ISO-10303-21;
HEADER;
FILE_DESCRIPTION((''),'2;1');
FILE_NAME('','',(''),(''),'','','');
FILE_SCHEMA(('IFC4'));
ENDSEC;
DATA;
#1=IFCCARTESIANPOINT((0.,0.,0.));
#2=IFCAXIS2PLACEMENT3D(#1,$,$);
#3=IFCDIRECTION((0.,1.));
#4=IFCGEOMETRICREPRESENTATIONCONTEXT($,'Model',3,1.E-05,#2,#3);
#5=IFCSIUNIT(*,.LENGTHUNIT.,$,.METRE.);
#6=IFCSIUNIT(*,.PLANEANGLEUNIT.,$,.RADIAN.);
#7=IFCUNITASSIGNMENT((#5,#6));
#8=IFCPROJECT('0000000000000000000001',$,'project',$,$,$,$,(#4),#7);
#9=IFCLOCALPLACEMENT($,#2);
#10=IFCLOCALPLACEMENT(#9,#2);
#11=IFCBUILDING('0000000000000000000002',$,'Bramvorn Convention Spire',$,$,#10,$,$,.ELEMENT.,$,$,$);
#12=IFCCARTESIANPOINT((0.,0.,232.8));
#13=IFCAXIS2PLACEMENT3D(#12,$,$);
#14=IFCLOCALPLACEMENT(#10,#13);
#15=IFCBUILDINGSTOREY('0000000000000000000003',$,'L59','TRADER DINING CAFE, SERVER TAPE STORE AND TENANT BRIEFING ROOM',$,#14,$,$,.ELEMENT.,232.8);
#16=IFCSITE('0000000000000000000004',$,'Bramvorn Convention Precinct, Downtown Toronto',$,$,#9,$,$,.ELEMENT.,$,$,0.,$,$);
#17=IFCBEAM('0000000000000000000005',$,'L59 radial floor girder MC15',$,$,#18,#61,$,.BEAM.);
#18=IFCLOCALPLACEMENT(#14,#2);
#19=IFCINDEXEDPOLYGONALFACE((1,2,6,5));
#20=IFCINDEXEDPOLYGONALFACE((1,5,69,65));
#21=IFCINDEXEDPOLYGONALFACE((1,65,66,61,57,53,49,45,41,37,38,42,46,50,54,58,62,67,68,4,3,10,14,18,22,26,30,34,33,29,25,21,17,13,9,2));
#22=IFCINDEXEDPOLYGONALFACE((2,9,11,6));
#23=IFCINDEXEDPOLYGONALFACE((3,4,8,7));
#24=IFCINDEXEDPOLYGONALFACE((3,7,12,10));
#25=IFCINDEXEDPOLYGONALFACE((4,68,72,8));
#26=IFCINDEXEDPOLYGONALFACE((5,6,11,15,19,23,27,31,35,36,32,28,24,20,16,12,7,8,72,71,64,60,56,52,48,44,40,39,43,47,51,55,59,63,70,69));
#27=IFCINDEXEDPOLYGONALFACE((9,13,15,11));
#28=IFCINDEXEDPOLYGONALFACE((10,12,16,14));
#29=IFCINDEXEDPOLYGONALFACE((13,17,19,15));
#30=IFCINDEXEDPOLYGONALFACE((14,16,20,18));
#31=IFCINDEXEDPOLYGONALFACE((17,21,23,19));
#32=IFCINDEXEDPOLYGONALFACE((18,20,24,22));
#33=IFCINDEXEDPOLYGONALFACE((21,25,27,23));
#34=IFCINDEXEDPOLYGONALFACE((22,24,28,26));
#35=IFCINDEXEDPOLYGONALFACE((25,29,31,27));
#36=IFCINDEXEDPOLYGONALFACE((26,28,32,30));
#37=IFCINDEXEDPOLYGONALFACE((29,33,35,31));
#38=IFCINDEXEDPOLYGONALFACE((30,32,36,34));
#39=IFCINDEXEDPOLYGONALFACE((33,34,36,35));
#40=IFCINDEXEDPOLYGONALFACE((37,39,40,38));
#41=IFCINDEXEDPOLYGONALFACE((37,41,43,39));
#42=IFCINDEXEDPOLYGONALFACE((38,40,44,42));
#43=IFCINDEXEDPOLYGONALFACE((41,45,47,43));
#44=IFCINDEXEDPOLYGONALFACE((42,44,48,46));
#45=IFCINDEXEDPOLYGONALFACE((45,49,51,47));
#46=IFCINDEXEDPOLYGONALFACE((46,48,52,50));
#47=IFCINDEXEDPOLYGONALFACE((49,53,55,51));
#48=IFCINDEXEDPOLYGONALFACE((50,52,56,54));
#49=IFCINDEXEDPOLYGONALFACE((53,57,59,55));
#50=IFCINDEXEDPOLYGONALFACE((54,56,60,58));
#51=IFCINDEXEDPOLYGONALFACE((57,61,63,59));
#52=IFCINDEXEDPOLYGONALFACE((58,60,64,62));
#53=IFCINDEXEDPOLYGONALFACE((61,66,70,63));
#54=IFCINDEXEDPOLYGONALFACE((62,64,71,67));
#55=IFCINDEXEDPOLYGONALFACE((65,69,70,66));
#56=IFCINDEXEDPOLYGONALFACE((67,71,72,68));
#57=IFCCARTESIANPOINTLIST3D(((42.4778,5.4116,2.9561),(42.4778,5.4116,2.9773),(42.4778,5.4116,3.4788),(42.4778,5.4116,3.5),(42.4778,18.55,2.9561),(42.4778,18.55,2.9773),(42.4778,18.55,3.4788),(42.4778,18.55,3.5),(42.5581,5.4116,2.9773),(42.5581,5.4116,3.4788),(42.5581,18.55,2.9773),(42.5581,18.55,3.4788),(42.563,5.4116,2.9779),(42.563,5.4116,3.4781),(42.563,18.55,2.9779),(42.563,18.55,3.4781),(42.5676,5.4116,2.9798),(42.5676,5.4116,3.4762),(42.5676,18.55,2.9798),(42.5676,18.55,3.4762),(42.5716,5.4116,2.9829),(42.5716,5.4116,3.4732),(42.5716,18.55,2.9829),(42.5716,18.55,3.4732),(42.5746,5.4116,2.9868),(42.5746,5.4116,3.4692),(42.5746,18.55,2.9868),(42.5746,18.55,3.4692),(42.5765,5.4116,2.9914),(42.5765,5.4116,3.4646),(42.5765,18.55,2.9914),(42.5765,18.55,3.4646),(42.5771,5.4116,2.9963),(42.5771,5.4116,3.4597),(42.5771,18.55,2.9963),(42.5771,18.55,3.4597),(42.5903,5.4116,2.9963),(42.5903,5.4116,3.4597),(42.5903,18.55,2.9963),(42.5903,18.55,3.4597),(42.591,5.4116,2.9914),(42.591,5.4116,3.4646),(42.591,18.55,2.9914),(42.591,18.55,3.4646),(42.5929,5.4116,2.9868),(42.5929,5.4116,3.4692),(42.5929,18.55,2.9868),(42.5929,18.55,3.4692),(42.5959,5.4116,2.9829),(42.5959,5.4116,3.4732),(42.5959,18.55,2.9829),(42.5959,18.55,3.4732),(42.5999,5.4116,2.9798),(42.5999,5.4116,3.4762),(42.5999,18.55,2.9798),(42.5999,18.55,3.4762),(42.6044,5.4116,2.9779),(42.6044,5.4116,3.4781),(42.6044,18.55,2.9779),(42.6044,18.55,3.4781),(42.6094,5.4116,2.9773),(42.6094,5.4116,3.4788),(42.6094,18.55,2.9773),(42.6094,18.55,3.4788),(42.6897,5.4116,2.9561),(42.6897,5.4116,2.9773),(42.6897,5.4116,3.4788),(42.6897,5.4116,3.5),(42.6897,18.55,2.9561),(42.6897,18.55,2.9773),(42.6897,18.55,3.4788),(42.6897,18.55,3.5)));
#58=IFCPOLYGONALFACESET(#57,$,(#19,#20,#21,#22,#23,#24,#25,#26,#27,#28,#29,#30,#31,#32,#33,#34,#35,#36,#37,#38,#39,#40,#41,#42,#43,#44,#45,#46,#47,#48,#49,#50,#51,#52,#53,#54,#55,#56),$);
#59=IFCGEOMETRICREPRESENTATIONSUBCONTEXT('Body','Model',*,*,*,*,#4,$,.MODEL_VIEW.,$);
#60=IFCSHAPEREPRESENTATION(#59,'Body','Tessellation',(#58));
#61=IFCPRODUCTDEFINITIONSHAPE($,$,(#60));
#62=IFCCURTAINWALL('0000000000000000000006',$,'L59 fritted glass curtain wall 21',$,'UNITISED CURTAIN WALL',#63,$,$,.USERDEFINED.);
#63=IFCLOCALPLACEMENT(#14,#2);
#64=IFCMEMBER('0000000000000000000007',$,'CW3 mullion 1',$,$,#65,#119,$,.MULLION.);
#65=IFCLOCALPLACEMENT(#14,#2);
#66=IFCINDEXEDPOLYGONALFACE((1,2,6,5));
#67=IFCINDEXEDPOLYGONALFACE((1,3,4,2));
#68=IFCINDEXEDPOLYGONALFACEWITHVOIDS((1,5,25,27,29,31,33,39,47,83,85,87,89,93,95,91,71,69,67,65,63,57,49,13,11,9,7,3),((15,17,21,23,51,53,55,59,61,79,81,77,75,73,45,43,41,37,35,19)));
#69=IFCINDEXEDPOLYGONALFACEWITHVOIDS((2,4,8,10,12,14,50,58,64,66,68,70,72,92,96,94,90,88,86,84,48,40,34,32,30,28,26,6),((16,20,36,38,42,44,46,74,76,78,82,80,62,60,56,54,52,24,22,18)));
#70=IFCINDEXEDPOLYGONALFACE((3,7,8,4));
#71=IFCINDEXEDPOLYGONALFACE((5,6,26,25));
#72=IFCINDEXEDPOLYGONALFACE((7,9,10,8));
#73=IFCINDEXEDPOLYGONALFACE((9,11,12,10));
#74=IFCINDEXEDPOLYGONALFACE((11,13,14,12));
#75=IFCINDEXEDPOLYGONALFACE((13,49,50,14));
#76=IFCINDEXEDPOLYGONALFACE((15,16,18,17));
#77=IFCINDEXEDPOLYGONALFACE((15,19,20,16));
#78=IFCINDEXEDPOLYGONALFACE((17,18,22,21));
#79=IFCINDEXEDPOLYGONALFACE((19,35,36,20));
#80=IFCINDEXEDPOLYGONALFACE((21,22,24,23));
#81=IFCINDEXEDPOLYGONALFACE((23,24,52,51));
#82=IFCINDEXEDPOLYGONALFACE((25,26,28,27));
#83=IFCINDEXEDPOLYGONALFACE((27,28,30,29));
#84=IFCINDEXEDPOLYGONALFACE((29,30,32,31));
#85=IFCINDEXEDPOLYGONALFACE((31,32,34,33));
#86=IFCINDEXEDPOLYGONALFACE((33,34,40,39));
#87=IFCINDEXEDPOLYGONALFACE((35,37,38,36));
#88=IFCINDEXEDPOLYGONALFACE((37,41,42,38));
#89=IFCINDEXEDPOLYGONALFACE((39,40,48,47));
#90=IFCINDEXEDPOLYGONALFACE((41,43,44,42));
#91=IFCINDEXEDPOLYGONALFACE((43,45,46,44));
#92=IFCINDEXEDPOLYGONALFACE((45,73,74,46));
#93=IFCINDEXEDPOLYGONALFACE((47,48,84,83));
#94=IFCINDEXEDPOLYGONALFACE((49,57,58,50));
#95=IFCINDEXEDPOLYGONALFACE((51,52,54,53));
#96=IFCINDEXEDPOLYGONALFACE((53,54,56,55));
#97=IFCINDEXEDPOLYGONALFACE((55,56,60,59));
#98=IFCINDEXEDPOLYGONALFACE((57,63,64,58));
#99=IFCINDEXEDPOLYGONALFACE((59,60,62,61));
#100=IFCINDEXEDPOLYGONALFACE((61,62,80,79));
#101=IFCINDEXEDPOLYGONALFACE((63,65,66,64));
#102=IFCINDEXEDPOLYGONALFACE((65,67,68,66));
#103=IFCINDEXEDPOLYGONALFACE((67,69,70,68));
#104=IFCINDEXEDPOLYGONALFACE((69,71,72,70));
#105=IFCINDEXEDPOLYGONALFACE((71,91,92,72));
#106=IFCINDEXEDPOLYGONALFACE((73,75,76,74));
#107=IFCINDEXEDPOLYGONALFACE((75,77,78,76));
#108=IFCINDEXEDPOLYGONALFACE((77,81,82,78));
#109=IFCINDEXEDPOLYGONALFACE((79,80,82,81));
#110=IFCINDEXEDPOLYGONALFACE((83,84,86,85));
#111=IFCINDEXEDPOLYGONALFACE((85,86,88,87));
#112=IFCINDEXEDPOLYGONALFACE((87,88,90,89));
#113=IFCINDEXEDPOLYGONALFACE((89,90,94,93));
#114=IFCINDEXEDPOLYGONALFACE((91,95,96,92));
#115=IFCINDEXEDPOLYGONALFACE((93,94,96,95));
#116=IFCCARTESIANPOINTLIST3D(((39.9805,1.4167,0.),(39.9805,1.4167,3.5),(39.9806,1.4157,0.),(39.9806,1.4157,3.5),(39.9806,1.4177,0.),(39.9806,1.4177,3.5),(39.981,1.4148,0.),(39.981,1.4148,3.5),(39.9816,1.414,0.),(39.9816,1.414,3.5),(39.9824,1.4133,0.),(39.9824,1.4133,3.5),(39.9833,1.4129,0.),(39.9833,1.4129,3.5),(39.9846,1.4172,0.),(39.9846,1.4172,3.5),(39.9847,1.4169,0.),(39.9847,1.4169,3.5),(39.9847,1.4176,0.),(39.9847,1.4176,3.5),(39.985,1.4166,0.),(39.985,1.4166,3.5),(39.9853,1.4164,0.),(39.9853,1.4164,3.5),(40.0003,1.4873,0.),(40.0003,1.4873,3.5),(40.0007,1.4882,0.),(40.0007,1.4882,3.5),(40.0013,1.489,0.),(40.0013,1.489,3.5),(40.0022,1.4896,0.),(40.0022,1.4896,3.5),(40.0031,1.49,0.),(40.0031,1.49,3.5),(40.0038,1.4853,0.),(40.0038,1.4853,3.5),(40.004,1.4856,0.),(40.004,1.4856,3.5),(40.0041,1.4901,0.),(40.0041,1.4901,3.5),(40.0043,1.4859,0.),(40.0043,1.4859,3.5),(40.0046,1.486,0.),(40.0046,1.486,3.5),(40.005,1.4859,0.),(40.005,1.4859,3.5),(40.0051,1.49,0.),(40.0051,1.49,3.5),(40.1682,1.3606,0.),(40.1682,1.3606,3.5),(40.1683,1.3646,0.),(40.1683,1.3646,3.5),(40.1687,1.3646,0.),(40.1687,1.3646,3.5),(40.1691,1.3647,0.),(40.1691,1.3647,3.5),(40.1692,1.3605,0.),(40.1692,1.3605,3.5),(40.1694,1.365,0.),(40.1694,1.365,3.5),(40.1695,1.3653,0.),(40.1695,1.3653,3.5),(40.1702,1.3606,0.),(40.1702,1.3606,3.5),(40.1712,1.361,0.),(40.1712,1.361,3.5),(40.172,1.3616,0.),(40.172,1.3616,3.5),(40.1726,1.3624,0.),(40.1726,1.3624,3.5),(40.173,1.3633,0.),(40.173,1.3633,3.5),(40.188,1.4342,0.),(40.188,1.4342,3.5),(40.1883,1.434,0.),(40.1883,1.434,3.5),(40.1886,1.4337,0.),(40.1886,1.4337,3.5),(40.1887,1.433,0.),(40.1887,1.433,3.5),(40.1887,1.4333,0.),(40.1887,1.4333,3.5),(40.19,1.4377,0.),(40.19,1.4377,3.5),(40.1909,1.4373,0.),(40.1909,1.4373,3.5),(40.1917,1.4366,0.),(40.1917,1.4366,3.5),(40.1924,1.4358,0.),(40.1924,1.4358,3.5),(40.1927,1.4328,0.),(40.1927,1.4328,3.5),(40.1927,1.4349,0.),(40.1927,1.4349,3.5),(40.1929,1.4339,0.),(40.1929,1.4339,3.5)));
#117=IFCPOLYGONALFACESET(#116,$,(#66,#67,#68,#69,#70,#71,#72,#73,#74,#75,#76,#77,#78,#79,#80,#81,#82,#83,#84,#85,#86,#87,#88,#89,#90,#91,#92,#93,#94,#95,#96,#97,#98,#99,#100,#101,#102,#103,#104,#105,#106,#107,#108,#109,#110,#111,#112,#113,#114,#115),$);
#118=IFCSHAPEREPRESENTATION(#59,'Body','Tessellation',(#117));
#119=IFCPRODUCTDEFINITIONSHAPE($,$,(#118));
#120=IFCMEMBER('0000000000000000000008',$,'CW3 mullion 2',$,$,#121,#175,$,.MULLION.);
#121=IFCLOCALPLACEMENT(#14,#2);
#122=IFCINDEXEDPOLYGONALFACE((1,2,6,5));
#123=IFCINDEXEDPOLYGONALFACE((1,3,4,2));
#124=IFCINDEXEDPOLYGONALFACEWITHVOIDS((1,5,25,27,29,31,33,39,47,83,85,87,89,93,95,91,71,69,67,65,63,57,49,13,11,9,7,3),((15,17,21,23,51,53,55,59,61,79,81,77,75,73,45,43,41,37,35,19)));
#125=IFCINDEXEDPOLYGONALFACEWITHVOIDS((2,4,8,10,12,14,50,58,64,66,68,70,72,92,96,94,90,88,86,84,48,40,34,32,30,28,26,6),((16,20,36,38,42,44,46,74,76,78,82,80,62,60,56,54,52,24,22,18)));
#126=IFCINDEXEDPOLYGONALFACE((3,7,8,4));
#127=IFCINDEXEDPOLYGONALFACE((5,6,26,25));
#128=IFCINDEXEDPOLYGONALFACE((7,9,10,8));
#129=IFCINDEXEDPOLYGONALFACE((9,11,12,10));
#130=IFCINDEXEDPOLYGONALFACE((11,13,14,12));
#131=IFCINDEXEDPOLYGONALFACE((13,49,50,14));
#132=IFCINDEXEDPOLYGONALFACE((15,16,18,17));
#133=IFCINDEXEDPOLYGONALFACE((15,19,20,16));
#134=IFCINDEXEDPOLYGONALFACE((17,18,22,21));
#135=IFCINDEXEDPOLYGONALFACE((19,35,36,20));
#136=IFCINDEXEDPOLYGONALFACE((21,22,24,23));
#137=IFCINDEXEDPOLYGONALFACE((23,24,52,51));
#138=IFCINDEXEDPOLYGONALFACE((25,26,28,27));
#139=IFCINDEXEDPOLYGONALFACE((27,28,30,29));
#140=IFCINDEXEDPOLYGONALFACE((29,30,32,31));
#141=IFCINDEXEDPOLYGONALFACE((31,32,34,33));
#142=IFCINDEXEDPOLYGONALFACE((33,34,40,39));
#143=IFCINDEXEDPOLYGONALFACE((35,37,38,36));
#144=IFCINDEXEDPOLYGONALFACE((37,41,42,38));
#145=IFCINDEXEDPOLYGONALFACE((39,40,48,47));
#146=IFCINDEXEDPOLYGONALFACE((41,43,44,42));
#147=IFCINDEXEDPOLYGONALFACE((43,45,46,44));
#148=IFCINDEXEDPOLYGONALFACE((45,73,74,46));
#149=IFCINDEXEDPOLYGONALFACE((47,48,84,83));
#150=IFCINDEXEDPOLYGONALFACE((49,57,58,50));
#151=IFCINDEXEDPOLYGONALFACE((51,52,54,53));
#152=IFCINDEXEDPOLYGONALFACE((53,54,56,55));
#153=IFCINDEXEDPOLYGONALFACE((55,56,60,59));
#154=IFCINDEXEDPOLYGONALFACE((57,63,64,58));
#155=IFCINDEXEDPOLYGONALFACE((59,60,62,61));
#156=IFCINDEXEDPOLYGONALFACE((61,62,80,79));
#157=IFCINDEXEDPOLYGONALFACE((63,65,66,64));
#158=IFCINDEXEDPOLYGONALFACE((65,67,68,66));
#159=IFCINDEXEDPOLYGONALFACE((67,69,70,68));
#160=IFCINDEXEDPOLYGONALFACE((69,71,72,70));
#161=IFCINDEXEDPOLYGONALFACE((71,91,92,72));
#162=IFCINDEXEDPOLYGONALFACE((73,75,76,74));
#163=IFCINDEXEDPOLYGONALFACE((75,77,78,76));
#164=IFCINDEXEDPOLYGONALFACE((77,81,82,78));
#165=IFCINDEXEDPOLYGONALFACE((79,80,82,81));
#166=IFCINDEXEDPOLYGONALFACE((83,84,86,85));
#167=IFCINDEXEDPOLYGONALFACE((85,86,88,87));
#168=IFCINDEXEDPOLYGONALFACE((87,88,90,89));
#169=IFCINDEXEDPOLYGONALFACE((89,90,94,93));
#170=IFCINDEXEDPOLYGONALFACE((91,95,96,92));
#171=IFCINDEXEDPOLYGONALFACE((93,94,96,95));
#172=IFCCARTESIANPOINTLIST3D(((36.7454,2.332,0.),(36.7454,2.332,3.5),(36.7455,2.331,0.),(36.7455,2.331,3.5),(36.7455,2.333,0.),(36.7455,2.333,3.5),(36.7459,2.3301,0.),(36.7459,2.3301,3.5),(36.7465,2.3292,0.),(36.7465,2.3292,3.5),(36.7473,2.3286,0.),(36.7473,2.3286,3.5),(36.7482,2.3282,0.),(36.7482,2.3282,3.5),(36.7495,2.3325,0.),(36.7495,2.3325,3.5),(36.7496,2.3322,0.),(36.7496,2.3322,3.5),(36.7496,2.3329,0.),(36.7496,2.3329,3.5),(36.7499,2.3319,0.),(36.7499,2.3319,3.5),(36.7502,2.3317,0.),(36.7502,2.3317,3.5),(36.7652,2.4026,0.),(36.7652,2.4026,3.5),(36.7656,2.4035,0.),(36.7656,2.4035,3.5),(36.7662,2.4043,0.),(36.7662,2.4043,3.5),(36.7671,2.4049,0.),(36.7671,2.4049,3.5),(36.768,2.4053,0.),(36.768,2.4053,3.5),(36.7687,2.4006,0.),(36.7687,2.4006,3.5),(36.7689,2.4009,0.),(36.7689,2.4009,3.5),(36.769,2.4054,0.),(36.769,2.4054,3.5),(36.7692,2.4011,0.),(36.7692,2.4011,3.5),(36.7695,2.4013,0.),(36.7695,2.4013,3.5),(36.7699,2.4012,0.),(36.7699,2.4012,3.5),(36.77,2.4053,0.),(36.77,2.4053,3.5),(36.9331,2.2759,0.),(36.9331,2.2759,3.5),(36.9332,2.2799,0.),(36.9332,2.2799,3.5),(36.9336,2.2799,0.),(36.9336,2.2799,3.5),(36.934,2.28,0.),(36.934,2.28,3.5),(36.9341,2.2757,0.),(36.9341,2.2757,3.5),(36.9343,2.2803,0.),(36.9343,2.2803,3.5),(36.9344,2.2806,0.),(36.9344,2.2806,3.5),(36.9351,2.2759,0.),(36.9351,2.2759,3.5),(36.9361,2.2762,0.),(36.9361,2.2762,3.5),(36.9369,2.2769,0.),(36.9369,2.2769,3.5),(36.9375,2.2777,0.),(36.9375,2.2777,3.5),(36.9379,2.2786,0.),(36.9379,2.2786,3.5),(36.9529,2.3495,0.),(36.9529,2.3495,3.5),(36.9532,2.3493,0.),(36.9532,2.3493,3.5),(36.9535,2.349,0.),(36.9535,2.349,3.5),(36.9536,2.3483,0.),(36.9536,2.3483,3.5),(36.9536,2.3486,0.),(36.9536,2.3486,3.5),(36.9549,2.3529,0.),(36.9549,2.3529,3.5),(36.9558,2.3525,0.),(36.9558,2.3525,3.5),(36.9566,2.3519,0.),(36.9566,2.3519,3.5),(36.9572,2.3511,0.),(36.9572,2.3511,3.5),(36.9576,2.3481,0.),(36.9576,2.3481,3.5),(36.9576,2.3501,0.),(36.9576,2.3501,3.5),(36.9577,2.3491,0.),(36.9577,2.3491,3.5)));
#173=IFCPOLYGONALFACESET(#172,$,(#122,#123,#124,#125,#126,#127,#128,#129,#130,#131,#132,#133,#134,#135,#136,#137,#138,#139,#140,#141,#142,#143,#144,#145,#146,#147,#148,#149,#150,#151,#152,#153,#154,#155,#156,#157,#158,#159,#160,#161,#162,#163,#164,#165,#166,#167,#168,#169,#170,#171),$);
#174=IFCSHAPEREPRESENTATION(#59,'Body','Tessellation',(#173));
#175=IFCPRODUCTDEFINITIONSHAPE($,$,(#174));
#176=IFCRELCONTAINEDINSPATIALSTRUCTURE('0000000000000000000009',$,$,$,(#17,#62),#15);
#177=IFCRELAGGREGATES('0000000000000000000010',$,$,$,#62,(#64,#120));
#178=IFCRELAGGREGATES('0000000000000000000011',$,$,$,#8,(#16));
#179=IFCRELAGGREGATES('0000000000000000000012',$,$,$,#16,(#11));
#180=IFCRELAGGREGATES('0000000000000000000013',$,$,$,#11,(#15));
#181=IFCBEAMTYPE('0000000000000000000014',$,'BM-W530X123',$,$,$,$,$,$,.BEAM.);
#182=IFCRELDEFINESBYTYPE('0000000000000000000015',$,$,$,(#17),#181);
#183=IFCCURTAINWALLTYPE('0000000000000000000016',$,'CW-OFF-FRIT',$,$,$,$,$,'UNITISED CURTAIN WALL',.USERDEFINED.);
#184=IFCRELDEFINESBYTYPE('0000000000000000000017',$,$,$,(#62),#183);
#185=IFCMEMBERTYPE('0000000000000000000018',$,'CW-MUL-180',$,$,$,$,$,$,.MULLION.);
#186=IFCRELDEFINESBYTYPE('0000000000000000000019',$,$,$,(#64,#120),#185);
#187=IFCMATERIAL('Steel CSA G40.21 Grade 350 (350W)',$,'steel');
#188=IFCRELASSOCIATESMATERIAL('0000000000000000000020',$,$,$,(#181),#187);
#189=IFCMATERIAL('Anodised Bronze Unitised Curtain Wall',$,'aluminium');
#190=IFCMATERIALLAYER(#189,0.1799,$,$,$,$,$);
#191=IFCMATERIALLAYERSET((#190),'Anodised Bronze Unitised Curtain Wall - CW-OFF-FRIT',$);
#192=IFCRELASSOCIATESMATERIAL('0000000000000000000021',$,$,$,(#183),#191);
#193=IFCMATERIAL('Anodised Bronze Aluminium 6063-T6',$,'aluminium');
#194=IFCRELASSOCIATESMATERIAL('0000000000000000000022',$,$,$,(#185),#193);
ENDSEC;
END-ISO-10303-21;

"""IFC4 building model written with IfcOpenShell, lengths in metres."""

from ifc_helpers import new_model, si_unit, direction, frame, origin, origin_2d, place, context, subcontext, project, spatial, hollow_rectangle, i_section, extrude, material, layer, layer_set, material_profile, profile_set, type_object, element, aggregate, save


model = new_model("IFC4")

# Units and contexts
model_context = context("Model", 3, precision=1e-05, world=origin(), true_north=direction((0.0, 1.0)))
body_context = subcontext(model_context, "Body", "Model", "MODEL_VIEW")
ifc_project = project(units=[si_unit("LENGTHUNIT", "METRE"), si_unit("PLANEANGLEUNIT", "RADIAN")], contexts=[model_context])

# Site, building, storey
site_placement = place(None, origin())
site = spatial("IfcSite", under=ifc_project, at=site_placement, Name="Bramvorn Convention Precinct, Downtown Toronto", CompositionType="ELEMENT", RefElevation=0.0)
building_placement = place(site_placement, origin())
building = spatial("IfcBuilding", under=site, at=building_placement, Name="Bramvorn Convention Spire", CompositionType="ELEMENT")
storey_placement = place(building_placement, frame((0.0, 0.0, 232.8)))
storey = spatial("IfcBuildingStorey", under=building, at=storey_placement, Name="L59", Description="TRADER DINING CAFE, SERVER TAPE STORE AND TENANT BRIEFING ROOM", CompositionType="ELEMENT", Elevation=232.8)

# Shared definitions
ifc_material_1 = material(Name="Steel CSA G40.21 Grade 350 (350W)", Category="steel")

# Beam
ifc_material_profile_1 = material_profile(ifc_material_1, i_section(OverallWidth=0.2119, OverallDepth=0.5439, WebThickness=0.0132, FlangeThickness=0.0212, FilletRadius=0.019, at=origin_2d()))
ifc_profile_set_1 = profile_set([ifc_material_profile_1], Name="Steel CSA G40.21 Grade 350 (350W) - W530X123")
beam_type_1 = type_object("IfcBeamType", Name="BM-W530X123", PredefinedType="BEAM", material=ifc_profile_set_1)
beam_1_placement = place(storey_placement, frame((42.5837, 18.55, 3.228), z_axis=(0.0, -1.0, 0.0), x_axis=(1.0, 0.0, 0.0)))
element("IfcBeam", 1, at=beam_1_placement, inside=storey, type_object=beam_type_1, Name="L59 radial floor girder MC15", PredefinedType="BEAM", context=body_context, shape_type="SweptSolid", body=[
    extrude(i_section(OverallWidth=0.2119, OverallDepth=0.5439, WebThickness=0.0132, FlangeThickness=0.0212, FilletRadius=0.019, at=origin_2d()), origin(), (0.0, 0.0, 1.0), 13.1384),
])

# Curtain wall, members
ifc_material_2 = material(Name="Anodised Bronze Unitised Curtain Wall", Category="aluminium")
ifc_layer_1 = layer(ifc_material_2, 0.1799)
ifc_layer_set_1 = layer_set([ifc_layer_1], Name="Anodised Bronze Unitised Curtain Wall - CW-OFF-FRIT")
curtain_wall_type = type_object("IfcCurtainWallType", Name="CW-OFF-FRIT", ElementType="UNITISED CURTAIN WALL", PredefinedType="USERDEFINED", material=ifc_layer_set_1)
curtain_wall_1_placement = place(storey_placement, origin())
curtain_wall_1 = element("IfcCurtainWall", 2, at=curtain_wall_1_placement, inside=storey, type_object=curtain_wall_type, Name="L59 fritted glass curtain wall 21", ObjectType="UNITISED CURTAIN WALL", PredefinedType="USERDEFINED")
ifc_material_3 = material(Name="Anodised Bronze Aluminium 6063-T6", Category="aluminium")
ifc_material_profile_2 = material_profile(ifc_material_3, hollow_rectangle(XDim=0.0801, YDim=0.2, WallThickness=0.0039, InnerFilletRadius=0.001, OuterFilletRadius=0.0039, at=origin_2d()))
ifc_profile_set_2 = profile_set([ifc_material_profile_2], Name="Anodised Bronze Aluminium 6063-T6 - CWM80X200")
member_type_1 = type_object("IfcMemberType", Name="CW-MUL-180", PredefinedType="MULLION", material=ifc_profile_set_2)
member_1_placement = place(storey_placement, frame((40.0867, 1.4253, 0.0), z_axis=(0.0, 0.0, 1.0), x_axis=(-0.27224, -0.962229, 0.0)))
member_1 = element("IfcMember", 3, at=member_1_placement, type_object=member_type_1, Name="CW3 mullion 1", PredefinedType="MULLION", context=body_context, shape_type="SweptSolid", body=[
    extrude(hollow_rectangle(XDim=0.0801, YDim=0.2, WallThickness=0.0039, InnerFilletRadius=0.001, OuterFilletRadius=0.0039, at=origin_2d()), origin(), (0.0, 0.0, 1.0), 3.5),
])
member_2_placement = place(storey_placement, frame((36.8516, 2.3406, 0.0), z_axis=(0.0, 0.0, 1.0), x_axis=(-0.27224, -0.962229, 0.0)))
member_2 = element("IfcMember", 4, at=member_2_placement, type_object=member_type_1, Name="CW3 mullion 2", PredefinedType="MULLION", context=body_context, shape_type="SweptSolid", body=[
    extrude(hollow_rectangle(XDim=0.0801, YDim=0.2, WallThickness=0.0039, InnerFilletRadius=0.001, OuterFilletRadius=0.0039, at=origin_2d()), origin(), (0.0, 0.0, 1.0), 3.5),
])

aggregate(curtain_wall_1, [member_1, member_2])

save(model, "model.ifc")
